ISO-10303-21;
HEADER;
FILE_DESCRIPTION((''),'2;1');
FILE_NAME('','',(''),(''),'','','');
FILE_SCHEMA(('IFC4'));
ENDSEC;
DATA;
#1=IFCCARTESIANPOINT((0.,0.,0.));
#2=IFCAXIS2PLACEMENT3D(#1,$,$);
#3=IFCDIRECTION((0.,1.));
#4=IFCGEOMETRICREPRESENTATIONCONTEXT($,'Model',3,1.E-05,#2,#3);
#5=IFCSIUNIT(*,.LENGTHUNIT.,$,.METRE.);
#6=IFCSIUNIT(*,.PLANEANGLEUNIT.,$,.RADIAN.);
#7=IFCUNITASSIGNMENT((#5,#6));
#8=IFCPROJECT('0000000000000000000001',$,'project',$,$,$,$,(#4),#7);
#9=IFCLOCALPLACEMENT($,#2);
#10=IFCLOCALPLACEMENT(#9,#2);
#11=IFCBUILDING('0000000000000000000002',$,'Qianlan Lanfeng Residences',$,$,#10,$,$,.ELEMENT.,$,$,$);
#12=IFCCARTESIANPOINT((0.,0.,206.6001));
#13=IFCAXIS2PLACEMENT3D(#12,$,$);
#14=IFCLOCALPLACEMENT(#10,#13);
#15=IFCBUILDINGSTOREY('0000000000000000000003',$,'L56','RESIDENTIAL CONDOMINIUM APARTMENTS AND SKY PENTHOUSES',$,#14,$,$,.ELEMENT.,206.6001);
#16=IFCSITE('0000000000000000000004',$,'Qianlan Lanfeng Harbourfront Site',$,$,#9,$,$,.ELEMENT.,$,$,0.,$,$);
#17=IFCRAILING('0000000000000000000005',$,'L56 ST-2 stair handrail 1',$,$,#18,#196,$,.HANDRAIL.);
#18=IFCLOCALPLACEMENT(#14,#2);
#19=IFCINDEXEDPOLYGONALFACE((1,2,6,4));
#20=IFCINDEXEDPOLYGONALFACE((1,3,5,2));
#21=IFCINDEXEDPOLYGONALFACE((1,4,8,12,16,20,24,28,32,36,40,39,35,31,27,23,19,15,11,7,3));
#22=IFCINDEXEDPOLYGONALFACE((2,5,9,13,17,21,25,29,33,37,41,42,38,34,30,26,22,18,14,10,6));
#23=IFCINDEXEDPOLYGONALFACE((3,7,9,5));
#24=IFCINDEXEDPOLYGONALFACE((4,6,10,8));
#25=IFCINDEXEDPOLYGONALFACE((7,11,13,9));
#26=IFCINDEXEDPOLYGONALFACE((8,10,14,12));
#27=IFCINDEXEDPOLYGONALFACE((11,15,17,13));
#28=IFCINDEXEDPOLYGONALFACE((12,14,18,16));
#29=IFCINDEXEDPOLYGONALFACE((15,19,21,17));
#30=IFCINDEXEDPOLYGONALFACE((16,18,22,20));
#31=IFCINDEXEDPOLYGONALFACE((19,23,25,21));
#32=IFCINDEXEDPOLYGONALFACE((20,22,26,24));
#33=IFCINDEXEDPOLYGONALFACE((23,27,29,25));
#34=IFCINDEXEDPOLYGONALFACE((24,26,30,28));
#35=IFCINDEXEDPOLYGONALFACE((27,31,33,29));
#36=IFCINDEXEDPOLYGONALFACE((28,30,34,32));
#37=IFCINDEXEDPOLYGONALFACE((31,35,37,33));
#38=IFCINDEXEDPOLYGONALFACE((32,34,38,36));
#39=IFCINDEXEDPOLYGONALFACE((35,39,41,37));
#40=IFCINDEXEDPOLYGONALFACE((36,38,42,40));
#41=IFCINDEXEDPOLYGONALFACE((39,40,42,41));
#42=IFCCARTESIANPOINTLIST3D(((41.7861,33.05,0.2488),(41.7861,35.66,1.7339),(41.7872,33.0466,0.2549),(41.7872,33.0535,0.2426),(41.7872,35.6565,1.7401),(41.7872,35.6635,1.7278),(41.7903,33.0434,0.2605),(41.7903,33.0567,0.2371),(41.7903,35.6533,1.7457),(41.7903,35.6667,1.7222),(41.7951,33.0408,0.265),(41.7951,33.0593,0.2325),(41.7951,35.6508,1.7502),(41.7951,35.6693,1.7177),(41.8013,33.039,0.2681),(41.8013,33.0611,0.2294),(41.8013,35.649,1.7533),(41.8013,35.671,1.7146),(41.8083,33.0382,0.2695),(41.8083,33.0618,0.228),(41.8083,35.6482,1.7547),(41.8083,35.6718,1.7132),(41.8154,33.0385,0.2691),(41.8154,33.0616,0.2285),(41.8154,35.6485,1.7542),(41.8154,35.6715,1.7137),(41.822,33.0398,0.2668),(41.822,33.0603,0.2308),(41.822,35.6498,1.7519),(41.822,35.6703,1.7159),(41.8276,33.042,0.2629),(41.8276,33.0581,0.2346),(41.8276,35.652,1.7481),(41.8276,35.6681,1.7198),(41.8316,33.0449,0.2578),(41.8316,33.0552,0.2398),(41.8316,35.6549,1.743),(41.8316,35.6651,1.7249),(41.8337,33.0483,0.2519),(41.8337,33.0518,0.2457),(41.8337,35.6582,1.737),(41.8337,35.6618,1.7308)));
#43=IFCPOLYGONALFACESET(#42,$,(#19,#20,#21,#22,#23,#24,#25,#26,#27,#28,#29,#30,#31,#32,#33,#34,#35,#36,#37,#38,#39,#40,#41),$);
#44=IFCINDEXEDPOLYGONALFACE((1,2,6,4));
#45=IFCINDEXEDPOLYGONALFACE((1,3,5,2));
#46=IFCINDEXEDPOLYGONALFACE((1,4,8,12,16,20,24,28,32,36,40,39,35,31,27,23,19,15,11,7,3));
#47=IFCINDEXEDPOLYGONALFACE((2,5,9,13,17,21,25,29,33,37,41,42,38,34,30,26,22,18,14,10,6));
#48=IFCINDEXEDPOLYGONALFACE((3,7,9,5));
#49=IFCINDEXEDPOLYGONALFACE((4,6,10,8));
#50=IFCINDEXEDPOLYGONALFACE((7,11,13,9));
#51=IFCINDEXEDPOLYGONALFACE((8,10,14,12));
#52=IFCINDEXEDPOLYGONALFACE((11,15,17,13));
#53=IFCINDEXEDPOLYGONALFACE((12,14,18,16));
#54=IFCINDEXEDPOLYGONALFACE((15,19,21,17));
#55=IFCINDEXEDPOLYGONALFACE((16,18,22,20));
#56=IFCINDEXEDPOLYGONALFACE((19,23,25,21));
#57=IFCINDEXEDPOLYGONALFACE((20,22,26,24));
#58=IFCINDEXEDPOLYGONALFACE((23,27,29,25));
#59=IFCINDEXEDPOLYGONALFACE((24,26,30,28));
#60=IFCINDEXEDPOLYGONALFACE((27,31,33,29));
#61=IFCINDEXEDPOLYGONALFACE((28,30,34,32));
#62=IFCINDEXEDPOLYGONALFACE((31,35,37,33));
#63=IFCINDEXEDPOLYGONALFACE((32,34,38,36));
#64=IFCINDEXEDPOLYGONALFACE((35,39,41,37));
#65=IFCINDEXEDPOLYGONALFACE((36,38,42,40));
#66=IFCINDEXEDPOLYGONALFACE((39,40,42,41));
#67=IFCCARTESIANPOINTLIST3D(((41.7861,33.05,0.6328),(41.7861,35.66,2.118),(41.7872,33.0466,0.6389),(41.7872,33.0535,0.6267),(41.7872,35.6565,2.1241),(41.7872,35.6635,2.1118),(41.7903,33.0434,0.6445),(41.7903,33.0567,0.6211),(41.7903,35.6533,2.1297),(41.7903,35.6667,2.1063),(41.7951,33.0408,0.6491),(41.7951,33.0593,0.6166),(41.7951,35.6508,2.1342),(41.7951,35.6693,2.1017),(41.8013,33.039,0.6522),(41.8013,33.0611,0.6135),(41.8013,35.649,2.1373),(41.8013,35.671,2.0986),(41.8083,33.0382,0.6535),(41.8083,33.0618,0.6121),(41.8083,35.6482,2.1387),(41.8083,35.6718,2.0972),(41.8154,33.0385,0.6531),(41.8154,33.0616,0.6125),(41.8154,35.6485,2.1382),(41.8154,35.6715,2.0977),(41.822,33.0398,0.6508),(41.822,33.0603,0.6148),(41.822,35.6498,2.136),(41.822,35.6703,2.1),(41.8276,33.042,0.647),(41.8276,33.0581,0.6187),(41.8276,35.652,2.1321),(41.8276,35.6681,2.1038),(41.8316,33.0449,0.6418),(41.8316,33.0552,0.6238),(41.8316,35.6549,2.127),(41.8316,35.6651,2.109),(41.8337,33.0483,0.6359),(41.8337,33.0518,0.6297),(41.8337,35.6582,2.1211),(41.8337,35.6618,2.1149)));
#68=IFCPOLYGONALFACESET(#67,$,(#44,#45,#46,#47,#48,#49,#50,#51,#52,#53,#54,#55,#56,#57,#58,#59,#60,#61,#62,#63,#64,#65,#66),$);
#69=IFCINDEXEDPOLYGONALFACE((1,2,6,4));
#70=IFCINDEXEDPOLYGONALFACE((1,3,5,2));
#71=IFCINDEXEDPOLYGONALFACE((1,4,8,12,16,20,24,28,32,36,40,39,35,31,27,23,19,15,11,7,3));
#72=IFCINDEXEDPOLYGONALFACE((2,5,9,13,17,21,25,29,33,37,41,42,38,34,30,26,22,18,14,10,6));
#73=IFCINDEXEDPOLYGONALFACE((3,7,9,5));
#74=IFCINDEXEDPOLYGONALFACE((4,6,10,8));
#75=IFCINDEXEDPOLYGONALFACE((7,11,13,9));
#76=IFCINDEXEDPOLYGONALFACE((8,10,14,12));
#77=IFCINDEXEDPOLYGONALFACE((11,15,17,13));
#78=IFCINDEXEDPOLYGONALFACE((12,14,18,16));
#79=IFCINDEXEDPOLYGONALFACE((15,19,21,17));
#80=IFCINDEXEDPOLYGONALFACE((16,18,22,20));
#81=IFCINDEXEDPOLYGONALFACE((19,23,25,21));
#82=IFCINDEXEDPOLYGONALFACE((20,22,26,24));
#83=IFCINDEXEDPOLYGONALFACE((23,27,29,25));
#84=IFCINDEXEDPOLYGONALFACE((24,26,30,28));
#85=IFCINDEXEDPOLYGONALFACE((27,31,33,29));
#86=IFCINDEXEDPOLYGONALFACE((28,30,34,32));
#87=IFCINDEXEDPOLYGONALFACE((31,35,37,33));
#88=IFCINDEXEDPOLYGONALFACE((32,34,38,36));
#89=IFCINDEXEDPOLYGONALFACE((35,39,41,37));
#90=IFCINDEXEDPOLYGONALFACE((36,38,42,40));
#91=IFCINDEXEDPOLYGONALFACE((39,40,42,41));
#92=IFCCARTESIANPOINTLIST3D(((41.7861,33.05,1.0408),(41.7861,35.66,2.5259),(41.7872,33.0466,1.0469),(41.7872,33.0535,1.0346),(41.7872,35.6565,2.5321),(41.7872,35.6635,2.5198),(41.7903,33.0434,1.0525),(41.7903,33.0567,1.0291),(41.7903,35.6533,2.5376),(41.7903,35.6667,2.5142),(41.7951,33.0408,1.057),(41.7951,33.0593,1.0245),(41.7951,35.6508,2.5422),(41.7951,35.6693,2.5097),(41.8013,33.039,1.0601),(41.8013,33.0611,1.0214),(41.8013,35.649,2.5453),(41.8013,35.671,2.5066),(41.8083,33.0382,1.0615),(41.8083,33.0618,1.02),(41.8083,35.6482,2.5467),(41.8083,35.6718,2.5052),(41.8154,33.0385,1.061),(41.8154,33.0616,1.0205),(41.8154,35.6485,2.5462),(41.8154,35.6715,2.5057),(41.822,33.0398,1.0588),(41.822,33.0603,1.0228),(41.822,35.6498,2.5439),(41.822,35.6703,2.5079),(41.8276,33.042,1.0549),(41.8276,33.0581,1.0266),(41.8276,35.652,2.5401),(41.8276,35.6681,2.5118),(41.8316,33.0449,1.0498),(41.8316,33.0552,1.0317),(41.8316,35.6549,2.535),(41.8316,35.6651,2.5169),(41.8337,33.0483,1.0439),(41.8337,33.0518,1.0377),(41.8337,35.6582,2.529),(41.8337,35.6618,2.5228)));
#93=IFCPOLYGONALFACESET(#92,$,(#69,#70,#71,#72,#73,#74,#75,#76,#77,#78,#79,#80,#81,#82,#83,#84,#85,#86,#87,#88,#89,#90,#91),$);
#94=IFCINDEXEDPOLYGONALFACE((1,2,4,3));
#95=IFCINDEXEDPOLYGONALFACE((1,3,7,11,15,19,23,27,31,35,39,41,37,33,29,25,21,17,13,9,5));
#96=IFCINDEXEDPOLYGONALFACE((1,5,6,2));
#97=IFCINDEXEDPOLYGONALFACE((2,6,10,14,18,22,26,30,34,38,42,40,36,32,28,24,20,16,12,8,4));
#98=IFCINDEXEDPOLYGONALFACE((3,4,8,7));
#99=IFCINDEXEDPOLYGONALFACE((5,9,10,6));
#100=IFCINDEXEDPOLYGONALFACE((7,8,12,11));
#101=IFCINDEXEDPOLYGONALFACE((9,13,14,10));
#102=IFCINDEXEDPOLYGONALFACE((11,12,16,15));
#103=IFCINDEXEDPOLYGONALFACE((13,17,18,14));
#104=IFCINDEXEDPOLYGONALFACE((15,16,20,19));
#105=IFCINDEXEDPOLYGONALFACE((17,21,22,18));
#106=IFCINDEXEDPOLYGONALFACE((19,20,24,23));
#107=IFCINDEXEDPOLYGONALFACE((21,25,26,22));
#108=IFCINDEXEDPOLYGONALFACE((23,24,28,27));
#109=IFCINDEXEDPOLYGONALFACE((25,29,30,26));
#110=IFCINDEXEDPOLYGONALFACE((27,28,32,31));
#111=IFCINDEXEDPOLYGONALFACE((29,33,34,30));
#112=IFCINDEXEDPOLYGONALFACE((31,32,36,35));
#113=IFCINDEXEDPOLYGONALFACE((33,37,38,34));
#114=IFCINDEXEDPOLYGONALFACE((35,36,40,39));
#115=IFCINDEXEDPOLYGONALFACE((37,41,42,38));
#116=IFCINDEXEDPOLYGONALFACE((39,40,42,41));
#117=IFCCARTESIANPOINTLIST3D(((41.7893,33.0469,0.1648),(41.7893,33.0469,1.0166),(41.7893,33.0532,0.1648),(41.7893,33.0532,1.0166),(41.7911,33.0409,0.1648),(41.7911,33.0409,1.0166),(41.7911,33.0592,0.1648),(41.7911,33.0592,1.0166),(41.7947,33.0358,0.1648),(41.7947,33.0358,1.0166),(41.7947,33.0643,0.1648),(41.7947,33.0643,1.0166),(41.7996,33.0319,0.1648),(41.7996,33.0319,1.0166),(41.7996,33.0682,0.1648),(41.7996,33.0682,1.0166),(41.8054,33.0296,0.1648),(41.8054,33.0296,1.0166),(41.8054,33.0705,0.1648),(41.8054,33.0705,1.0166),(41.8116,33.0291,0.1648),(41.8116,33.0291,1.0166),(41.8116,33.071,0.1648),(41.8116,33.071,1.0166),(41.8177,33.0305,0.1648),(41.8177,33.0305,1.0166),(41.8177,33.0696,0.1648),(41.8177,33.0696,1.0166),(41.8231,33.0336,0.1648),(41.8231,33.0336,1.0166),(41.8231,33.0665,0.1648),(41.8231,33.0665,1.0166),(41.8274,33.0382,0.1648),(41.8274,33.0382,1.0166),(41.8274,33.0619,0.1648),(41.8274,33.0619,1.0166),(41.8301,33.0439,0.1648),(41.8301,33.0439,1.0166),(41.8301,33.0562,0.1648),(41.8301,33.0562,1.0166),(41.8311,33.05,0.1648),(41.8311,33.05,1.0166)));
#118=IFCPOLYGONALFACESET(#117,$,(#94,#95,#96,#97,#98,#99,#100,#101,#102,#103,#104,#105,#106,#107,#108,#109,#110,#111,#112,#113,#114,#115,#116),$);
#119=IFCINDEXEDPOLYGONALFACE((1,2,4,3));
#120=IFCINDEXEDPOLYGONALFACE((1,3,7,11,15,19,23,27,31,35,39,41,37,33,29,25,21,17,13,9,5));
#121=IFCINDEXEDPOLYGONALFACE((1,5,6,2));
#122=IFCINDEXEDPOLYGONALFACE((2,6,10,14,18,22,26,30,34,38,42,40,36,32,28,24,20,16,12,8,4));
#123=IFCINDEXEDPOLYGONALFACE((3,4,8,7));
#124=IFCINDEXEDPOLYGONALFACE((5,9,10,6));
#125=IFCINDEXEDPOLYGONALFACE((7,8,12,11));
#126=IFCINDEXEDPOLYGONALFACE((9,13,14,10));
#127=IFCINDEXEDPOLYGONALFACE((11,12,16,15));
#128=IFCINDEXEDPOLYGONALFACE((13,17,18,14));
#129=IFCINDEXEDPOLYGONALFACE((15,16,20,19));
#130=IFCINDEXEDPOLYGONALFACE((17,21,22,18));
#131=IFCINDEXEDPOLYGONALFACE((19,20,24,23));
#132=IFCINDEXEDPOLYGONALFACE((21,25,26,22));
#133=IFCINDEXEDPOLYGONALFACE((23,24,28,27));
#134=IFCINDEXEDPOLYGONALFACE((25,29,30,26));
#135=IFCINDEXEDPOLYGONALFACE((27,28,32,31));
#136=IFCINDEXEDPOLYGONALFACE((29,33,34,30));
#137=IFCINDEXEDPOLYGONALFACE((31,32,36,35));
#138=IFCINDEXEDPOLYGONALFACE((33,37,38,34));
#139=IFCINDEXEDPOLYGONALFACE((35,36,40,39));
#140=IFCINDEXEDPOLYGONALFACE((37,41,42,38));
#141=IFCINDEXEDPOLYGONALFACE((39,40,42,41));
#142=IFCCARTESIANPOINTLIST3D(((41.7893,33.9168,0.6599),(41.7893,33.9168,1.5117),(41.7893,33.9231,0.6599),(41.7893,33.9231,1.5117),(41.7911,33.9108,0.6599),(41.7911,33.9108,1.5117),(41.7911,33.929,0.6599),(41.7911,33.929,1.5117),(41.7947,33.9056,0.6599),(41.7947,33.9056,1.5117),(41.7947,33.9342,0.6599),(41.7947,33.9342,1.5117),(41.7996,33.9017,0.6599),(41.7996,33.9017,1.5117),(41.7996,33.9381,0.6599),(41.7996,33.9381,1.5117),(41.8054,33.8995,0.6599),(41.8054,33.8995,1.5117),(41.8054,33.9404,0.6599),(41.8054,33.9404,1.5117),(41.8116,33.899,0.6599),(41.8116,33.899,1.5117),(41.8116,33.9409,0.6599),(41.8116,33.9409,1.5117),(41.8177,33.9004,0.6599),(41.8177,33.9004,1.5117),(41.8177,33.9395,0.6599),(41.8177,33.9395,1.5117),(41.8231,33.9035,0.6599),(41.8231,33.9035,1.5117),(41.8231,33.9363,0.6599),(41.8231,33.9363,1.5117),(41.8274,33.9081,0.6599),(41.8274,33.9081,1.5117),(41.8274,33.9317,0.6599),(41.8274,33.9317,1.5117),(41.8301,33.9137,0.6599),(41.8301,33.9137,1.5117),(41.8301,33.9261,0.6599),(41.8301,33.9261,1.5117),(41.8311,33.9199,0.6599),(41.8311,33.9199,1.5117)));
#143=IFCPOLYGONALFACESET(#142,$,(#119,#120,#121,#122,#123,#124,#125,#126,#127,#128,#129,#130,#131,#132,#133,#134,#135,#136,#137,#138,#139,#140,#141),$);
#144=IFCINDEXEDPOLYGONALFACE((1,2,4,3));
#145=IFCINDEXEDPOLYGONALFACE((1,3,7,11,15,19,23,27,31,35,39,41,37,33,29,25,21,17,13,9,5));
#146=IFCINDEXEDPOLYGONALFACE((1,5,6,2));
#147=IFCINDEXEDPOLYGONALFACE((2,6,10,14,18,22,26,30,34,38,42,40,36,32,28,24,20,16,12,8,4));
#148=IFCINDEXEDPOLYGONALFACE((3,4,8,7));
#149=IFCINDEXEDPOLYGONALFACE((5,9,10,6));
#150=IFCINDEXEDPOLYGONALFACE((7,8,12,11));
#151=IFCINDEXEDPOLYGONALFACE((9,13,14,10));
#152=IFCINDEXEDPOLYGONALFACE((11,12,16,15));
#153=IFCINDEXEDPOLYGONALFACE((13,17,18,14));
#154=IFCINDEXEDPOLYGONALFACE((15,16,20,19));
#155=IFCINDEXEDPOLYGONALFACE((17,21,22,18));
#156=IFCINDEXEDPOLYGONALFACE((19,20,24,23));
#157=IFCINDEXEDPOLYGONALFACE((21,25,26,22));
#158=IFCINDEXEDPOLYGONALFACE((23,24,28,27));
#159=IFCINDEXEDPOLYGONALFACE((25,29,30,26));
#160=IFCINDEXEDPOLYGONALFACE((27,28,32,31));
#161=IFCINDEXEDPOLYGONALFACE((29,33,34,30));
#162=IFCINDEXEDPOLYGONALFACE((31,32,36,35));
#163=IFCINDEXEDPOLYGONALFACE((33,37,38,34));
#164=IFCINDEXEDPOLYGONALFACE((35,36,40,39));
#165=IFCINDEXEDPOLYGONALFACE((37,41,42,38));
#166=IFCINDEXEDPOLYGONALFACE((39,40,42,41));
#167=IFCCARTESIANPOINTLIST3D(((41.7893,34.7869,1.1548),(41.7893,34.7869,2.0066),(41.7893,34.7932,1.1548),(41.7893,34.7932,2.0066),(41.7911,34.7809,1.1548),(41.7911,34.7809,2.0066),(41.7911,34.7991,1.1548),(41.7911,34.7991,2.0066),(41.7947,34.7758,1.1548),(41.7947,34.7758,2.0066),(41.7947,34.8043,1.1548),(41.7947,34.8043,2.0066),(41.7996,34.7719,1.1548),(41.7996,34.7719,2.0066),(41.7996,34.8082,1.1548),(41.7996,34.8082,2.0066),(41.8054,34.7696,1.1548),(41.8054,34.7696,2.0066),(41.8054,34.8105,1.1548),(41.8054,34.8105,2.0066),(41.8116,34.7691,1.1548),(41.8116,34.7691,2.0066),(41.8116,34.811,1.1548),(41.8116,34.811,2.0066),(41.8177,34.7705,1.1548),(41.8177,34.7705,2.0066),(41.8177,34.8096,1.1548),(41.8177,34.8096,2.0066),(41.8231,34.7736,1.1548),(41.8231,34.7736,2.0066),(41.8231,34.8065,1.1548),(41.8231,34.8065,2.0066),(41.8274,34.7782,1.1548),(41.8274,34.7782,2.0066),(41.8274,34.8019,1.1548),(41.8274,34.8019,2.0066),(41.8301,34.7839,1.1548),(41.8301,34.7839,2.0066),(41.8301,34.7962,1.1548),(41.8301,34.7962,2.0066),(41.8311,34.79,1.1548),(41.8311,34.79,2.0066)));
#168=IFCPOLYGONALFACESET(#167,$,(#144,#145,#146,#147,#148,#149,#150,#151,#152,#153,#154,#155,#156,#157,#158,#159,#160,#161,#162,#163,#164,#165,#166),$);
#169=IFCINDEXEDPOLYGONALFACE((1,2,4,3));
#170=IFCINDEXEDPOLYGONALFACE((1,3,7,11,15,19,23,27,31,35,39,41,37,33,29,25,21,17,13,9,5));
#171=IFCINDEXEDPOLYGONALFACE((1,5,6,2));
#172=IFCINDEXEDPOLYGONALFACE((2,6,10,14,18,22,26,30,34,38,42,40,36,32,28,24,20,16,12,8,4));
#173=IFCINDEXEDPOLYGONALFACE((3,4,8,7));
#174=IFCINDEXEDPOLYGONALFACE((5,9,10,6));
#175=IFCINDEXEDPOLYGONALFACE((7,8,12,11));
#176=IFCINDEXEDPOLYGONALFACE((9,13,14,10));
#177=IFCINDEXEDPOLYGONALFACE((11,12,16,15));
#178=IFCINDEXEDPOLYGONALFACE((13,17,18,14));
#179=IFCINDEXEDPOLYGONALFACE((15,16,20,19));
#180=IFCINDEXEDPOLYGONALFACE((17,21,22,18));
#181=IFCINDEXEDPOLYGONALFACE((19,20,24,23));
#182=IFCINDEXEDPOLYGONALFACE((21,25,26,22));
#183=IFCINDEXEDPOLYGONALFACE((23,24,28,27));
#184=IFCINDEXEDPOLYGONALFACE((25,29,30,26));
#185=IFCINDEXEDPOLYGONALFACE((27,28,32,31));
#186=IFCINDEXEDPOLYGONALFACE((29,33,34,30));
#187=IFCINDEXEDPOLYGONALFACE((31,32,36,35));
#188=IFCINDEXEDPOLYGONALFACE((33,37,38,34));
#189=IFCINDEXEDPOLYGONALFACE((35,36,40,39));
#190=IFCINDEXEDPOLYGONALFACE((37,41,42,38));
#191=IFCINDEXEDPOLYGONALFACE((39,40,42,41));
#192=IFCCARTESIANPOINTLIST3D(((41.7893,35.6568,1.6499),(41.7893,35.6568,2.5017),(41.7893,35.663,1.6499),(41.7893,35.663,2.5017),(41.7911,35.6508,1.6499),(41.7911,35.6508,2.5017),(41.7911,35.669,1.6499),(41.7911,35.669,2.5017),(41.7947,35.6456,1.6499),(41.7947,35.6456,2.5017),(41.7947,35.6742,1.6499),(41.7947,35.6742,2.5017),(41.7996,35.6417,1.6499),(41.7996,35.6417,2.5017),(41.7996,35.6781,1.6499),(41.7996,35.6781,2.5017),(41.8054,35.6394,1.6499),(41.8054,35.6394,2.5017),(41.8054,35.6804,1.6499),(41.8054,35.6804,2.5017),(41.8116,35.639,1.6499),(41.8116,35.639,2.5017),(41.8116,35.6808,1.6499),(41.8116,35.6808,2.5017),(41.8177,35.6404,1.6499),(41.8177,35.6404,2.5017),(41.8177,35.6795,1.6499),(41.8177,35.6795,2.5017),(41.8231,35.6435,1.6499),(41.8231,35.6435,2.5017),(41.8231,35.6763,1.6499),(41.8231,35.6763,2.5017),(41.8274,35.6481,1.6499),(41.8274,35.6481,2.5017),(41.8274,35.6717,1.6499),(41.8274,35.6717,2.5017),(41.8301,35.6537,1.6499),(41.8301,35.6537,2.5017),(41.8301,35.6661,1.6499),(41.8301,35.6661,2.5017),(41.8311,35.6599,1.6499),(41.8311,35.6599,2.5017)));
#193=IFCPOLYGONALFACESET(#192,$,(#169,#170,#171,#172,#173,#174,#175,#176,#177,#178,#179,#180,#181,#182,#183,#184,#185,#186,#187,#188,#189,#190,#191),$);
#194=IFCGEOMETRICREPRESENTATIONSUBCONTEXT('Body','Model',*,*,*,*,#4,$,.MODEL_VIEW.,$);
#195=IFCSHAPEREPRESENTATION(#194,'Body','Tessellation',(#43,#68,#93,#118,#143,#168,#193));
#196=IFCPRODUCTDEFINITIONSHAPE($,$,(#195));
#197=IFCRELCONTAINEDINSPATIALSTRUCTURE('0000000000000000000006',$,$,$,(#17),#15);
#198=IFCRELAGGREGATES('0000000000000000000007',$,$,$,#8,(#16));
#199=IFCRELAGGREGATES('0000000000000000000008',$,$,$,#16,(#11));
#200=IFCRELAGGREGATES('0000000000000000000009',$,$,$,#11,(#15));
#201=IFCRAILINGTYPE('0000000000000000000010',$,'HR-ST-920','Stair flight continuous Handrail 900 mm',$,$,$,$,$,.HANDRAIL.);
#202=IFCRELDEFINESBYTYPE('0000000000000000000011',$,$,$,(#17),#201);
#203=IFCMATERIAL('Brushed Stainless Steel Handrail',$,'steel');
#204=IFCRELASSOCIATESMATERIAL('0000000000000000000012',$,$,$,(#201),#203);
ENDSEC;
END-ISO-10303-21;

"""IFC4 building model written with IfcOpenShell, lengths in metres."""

from ifc_helpers import new_model, si_unit, direction, frame, origin, origin_2d, place, context, subcontext, project, spatial, circle, extrude, material, type_object, element, save


model = new_model("IFC4")

# Units and contexts
model_context = context("Model", 3, precision=1e-05, world=origin(), true_north=direction((0.0, 1.0)))
body_context = subcontext(model_context, "Body", "Model", "MODEL_VIEW")
ifc_project = project(units=[si_unit("LENGTHUNIT", "METRE"), si_unit("PLANEANGLEUNIT", "RADIAN")], contexts=[model_context])

# Site, building, storey
site_placement = place(None, origin())
site = spatial("IfcSite", under=ifc_project, at=site_placement, Name="Qianlan Lanfeng Harbourfront Site", CompositionType="ELEMENT", RefElevation=0.0)
building_placement = place(site_placement, origin())
building = spatial("IfcBuilding", under=site, at=building_placement, Name="Qianlan Lanfeng Residences", CompositionType="ELEMENT")
storey_placement = place(building_placement, frame((0.0, 0.0, 206.6001)))
storey = spatial("IfcBuildingStorey", under=building, at=storey_placement, Name="L56", Description="RESIDENTIAL CONDOMINIUM APARTMENTS AND SKY PENTHOUSES", CompositionType="ELEMENT", Elevation=206.6001)

# Railing
ifc_material_1 = material(Name="Brushed Stainless Steel Handrail", Category="steel")
railing_type_1 = type_object("IfcRailingType", Name="HR-ST-920", Description="Stair flight continuous Handrail 900 mm", PredefinedType="HANDRAIL", material=ifc_material_1)
railing_1_placement = place(storey_placement, frame((41.8101, 33.05, 0.1648)))
element("IfcRailing", 1, at=railing_1_placement, inside=storey, type_object=railing_type_1, Name="L56 ST-2 stair handrail 1", PredefinedType="HANDRAIL", context=body_context, shape_type="SweptSolid", body=[
    extrude(circle(Radius=0.0239, at=origin_2d()), frame((0.0, 0.0, 0.084), z_axis=(0.0, 0.869137, 0.494571), x_axis=(-1.0, 0.0, 0.0)), (0.0, 0.0, 1.0), 3.0029),
    extrude(circle(Radius=0.0239, at=origin_2d()), frame((0.0, 0.0, 0.468), z_axis=(0.0, 0.869137, 0.494571), x_axis=(-1.0, 0.0, 0.0)), (0.0, 0.0, 1.0), 3.0029),
    extrude(circle(Radius=0.0239, at=origin_2d()), frame((0.0, 0.0, 0.876), z_axis=(0.0, 0.869137, 0.494571), x_axis=(-1.0, 0.0, 0.0)), (0.0, 0.0, 1.0), 3.0029),
    extrude(circle(Radius=0.021, at=origin_2d()), origin(), (0.0, 0.0, 1.0), 0.8518),
    extrude(circle(Radius=0.021, at=origin_2d()), frame((0.0, 0.8699, 0.4951)), (0.0, 0.0, 1.0), 0.8518),
    extrude(circle(Radius=0.021, at=origin_2d()), frame((0.0, 1.74, 0.99)), (0.0, 0.0, 1.0), 0.8518),
    extrude(circle(Radius=0.021, at=origin_2d()), frame((0.0, 2.6099, 1.4851)), (0.0, 0.0, 1.0), 0.8518),
])

save(model, "model.ifc")
